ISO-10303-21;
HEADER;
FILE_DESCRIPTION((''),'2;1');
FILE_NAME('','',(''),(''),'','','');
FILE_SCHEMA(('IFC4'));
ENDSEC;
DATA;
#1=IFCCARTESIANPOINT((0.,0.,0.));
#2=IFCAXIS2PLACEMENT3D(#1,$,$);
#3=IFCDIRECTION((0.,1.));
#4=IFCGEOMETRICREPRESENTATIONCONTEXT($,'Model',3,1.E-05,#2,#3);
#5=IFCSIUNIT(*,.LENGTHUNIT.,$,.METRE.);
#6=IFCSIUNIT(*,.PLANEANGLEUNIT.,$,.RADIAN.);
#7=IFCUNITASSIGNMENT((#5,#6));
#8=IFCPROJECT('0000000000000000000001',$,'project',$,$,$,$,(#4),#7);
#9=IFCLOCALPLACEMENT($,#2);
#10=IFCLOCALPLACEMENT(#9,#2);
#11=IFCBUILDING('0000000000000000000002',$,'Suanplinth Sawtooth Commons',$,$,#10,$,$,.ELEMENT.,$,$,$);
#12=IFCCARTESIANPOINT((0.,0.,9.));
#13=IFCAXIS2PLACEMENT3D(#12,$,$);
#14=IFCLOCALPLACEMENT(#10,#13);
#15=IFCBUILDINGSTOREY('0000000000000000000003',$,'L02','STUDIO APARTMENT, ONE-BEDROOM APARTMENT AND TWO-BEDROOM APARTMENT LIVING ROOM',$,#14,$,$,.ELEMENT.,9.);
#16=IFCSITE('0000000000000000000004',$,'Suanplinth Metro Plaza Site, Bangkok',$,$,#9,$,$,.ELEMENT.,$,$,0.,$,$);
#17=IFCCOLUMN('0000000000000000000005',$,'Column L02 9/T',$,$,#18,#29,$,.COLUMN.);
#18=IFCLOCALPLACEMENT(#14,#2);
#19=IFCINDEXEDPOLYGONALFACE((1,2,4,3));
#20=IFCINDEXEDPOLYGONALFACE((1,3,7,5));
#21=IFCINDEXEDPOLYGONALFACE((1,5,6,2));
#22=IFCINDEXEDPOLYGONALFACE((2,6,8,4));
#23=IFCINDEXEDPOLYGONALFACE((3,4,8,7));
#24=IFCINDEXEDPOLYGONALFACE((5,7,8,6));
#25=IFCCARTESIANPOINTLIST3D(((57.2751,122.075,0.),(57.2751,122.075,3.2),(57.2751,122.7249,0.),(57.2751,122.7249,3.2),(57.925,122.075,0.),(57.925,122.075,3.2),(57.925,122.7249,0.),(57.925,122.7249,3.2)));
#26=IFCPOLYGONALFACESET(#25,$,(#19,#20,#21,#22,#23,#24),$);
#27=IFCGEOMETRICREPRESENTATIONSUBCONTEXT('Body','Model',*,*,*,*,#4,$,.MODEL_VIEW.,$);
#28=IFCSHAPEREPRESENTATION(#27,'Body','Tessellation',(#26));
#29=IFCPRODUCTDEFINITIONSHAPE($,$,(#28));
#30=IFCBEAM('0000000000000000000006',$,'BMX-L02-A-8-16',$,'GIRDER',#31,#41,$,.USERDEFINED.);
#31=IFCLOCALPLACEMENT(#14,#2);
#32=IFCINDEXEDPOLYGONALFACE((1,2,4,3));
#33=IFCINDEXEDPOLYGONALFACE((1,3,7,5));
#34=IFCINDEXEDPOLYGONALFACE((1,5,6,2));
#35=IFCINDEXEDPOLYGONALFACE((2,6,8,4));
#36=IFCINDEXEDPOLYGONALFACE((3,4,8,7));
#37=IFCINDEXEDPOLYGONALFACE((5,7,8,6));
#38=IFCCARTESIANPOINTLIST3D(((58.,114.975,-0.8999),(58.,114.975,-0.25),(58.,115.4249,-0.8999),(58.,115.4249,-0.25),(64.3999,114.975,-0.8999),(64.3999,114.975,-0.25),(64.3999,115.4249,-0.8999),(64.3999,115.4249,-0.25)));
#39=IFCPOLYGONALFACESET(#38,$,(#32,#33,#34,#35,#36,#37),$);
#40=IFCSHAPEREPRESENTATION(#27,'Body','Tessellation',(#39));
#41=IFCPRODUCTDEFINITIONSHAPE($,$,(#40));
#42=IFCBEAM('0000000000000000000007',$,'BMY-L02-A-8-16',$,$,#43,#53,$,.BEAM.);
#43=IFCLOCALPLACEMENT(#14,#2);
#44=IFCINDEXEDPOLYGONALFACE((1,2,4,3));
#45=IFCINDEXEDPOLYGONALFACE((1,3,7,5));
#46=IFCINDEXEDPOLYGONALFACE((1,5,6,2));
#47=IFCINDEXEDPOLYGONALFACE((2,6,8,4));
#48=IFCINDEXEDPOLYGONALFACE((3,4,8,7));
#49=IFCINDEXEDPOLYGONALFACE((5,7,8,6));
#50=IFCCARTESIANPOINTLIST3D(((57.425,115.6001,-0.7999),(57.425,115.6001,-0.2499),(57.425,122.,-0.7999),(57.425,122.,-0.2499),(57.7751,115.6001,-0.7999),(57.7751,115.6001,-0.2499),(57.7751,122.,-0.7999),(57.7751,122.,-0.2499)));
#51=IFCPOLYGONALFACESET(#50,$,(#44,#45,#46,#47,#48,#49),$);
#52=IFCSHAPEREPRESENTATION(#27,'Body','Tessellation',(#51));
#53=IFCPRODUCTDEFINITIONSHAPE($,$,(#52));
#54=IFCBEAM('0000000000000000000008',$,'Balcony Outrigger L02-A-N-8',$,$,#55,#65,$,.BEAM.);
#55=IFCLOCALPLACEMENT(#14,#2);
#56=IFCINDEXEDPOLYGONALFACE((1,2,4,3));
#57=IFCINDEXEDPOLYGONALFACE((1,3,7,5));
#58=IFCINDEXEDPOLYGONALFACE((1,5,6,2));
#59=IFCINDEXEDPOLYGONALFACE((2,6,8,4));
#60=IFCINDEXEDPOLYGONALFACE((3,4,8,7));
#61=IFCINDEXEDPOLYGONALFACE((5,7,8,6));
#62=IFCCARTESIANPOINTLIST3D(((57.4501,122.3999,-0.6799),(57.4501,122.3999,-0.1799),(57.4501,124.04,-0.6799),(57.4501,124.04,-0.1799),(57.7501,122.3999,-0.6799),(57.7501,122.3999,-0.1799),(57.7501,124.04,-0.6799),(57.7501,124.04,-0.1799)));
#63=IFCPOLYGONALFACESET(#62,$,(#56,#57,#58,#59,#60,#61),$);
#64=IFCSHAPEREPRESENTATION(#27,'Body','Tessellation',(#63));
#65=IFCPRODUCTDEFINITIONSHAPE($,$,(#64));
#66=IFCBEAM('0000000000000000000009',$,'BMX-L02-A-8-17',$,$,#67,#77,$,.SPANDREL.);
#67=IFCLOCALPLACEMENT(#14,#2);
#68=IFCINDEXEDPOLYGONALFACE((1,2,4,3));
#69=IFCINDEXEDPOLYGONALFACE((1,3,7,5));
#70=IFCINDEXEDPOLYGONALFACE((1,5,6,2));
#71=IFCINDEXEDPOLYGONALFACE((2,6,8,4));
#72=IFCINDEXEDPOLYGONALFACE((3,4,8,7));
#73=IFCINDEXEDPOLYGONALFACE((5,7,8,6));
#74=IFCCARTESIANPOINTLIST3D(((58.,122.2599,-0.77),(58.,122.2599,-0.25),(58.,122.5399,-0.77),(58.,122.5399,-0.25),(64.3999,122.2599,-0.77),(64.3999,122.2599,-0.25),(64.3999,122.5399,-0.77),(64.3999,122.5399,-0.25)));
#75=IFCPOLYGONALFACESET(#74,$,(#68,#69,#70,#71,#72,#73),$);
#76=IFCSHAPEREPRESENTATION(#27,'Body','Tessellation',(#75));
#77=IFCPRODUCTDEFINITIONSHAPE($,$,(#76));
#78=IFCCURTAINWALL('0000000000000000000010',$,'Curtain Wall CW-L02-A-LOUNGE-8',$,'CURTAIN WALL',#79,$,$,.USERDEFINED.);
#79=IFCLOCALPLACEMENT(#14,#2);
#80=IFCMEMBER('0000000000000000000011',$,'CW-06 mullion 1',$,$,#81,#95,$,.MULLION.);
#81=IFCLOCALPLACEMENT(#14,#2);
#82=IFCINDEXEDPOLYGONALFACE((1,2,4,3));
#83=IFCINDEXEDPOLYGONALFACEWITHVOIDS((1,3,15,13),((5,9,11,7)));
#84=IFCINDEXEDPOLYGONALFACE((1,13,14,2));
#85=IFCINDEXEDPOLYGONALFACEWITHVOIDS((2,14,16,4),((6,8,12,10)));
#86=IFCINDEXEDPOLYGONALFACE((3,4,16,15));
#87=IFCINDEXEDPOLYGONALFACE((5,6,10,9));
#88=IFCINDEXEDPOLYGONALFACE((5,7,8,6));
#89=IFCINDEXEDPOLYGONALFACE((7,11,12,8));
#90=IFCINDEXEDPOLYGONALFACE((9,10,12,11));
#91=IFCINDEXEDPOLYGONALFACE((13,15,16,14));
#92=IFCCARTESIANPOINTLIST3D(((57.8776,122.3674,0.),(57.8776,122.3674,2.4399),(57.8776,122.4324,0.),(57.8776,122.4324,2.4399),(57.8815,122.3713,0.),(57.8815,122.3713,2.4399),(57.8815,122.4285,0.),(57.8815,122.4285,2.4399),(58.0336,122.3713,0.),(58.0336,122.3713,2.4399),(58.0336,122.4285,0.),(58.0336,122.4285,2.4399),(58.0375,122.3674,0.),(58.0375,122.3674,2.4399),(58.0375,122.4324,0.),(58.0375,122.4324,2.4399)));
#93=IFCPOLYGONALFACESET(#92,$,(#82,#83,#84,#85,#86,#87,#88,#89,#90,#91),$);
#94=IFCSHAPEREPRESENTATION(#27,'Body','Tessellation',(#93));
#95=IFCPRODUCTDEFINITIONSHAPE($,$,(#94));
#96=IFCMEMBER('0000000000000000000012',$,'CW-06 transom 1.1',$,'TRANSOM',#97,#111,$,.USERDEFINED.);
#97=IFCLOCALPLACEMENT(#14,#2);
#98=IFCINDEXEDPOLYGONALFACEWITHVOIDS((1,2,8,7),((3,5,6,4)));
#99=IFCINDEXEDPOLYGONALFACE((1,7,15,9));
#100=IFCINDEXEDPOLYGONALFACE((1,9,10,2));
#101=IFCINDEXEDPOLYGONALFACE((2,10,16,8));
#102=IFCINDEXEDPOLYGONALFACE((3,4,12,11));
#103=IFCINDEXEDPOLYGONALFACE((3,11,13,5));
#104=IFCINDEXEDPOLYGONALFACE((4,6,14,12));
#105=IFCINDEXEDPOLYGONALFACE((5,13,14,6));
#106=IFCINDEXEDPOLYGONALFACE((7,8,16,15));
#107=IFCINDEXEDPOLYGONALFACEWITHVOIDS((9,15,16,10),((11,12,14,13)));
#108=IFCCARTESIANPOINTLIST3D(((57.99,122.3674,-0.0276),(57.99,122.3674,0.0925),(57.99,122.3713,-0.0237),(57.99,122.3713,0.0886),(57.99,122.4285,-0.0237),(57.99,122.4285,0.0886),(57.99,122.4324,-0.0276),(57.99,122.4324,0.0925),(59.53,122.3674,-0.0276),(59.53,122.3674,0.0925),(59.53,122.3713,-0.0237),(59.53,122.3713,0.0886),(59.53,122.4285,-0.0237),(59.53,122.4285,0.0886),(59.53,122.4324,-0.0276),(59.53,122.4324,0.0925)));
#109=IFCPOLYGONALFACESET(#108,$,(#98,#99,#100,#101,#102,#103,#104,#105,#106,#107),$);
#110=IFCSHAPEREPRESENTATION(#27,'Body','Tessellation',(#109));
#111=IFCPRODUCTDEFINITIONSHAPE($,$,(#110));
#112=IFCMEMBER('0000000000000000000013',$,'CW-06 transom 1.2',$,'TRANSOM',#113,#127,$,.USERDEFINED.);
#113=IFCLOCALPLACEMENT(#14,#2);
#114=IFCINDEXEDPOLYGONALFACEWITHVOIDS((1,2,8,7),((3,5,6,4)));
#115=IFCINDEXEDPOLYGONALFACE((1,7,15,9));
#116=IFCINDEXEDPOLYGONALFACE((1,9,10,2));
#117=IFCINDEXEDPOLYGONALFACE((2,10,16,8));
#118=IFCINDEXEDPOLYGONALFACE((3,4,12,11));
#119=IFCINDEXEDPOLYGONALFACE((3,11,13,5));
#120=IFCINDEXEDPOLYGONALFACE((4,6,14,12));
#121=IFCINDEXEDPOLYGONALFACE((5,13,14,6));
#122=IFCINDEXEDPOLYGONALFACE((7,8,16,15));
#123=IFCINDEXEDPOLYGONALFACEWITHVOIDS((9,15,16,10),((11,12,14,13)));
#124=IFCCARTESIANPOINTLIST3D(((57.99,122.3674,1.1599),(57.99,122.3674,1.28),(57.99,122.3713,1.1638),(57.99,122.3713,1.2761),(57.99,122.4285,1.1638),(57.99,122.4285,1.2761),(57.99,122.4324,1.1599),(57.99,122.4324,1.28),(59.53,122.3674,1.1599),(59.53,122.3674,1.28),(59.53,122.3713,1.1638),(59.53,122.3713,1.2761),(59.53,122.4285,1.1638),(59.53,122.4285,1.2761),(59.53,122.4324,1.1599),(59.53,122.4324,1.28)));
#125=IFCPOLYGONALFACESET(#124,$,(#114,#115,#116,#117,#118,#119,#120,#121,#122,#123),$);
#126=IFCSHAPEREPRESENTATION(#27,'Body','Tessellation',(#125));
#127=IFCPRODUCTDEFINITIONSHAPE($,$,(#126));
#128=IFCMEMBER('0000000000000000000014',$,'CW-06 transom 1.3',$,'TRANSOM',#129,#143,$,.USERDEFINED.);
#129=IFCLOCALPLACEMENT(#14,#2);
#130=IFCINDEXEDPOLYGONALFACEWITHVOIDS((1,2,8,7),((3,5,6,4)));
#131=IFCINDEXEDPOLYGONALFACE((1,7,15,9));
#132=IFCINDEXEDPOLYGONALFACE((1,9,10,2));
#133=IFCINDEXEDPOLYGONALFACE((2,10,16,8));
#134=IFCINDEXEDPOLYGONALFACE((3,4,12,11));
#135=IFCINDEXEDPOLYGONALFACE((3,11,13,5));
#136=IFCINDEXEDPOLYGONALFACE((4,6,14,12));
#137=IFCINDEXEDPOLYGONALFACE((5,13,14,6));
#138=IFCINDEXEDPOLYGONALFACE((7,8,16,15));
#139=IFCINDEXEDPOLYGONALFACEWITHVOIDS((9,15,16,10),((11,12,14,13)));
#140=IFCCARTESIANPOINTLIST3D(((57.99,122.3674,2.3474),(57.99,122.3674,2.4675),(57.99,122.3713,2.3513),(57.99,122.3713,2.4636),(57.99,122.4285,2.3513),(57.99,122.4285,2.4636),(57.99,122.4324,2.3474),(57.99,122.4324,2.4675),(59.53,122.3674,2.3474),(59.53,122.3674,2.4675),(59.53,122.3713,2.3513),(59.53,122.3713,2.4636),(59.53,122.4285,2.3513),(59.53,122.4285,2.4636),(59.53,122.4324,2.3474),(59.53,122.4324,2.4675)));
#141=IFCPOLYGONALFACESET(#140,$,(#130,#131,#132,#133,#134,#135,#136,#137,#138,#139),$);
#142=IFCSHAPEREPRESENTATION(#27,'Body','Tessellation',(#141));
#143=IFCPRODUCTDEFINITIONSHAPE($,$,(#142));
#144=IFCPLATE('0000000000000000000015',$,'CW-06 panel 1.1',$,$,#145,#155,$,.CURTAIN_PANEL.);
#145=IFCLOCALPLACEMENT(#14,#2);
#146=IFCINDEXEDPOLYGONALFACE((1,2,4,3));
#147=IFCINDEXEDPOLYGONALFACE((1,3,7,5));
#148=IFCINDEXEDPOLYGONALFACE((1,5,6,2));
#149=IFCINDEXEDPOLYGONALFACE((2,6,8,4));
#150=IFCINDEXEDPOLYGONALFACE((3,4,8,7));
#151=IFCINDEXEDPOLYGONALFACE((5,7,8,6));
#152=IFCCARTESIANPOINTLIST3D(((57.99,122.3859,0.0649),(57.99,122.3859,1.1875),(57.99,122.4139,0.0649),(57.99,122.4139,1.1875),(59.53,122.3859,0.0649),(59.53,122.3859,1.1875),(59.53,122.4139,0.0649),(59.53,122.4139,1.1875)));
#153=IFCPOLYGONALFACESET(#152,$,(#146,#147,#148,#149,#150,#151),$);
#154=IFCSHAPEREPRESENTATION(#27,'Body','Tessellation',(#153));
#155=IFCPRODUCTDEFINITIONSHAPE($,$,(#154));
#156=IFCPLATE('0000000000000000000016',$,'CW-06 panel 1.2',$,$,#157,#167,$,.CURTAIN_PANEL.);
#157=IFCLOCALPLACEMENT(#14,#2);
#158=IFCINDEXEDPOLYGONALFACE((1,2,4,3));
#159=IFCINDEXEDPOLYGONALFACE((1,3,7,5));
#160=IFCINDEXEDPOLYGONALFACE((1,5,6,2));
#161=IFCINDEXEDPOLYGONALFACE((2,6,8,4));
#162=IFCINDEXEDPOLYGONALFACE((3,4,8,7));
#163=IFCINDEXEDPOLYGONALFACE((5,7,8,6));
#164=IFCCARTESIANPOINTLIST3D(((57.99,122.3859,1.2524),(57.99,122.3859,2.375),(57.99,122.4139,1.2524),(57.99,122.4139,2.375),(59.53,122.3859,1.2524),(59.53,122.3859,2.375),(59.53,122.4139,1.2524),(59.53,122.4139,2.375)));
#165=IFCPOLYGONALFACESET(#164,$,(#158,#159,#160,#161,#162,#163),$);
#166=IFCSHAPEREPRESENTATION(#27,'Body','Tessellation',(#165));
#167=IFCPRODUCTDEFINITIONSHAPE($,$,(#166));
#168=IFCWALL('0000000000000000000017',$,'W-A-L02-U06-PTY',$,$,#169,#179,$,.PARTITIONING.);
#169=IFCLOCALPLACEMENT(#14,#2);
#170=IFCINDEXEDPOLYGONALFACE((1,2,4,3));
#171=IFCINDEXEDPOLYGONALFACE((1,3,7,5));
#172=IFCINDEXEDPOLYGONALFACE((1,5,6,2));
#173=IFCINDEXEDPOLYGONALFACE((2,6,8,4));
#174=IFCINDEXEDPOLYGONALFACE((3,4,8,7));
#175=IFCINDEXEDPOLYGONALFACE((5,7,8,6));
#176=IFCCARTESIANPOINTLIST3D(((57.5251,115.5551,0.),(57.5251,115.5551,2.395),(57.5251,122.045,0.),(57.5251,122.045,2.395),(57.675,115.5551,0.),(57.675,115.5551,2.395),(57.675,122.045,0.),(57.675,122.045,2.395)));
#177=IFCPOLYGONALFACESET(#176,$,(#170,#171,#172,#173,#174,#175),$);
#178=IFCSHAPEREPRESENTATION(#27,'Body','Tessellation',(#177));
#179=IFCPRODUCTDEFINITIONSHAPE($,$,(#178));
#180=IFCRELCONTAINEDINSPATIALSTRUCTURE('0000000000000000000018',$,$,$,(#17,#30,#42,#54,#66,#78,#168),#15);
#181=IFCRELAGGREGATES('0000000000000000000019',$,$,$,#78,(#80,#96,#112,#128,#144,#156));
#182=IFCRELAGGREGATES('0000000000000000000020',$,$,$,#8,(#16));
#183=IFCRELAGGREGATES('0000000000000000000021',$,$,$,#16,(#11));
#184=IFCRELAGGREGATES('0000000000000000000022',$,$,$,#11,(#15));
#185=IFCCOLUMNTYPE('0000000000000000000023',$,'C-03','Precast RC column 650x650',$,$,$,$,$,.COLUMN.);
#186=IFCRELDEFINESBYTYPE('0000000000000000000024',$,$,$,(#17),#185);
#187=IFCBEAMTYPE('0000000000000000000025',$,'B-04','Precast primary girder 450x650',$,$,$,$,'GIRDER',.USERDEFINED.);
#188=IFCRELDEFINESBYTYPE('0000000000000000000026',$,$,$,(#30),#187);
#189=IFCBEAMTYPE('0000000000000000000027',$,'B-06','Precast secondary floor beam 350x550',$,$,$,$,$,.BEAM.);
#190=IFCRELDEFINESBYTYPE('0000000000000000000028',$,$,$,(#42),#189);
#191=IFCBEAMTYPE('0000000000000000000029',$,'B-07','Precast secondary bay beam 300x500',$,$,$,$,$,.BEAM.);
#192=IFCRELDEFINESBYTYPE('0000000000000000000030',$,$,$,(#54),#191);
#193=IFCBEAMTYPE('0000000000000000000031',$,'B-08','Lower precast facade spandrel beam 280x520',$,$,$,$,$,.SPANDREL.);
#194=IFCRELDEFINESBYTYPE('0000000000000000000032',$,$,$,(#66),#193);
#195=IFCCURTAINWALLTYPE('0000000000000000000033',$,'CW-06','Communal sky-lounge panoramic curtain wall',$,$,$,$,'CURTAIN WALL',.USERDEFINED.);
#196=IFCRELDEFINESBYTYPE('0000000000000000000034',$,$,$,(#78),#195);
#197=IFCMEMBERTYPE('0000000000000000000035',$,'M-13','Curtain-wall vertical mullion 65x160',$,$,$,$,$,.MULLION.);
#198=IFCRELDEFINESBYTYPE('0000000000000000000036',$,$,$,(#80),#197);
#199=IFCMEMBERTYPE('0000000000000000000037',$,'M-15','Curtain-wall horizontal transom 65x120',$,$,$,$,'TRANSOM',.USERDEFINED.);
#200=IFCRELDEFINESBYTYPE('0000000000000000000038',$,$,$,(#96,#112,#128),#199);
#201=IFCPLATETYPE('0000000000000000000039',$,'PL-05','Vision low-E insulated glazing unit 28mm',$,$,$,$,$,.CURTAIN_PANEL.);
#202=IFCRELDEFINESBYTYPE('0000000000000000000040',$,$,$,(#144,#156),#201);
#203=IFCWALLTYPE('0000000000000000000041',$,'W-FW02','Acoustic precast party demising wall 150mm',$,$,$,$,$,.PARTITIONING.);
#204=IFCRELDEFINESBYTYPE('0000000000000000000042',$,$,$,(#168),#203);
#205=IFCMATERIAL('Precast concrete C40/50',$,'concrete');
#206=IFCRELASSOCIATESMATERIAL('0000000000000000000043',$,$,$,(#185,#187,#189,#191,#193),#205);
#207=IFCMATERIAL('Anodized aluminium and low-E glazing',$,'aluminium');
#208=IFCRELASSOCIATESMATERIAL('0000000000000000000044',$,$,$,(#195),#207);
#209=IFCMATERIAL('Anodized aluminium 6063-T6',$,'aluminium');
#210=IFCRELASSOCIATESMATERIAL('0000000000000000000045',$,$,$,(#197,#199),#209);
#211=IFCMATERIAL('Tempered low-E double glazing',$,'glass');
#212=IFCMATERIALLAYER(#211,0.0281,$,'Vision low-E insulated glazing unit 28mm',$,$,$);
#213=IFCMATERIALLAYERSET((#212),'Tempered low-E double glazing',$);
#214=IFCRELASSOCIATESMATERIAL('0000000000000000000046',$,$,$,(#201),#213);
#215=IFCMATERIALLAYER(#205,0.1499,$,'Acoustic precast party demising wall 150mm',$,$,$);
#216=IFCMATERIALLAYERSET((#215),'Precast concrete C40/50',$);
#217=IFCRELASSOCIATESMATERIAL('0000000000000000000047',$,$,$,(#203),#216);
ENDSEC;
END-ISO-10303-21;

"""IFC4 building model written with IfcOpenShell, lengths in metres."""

from ifc_helpers import new_model, si_unit, direction, frame, frame_2d, origin, origin_2d, place, context, subcontext, project, spatial, rectangle, hollow_rectangle, extrude, material, layer, layer_set, material_profile, profile_set, type_object, element, aggregate, save


model = new_model("IFC4")

# Units and contexts
model_context = context("Model", 3, precision=1e-05, world=origin(), true_north=direction((0.0, 1.0)))
body_context = subcontext(model_context, "Body", "Model", "MODEL_VIEW")
ifc_project = project(units=[si_unit("LENGTHUNIT", "METRE"), si_unit("PLANEANGLEUNIT", "RADIAN")], contexts=[model_context])

# Site, building, storey
site_placement = place(None, origin())
site = spatial("IfcSite", under=ifc_project, at=site_placement, Name="Suanplinth Metro Plaza Site, Bangkok", CompositionType="ELEMENT", RefElevation=0.0)
building_placement = place(site_placement, origin())
building = spatial("IfcBuilding", under=site, at=building_placement, Name="Suanplinth Sawtooth Commons", CompositionType="ELEMENT")
storey_placement = place(building_placement, frame((0.0, 0.0, 9.0)))
storey = spatial("IfcBuildingStorey", under=building, at=storey_placement, Name="L02", Description="STUDIO APARTMENT, ONE-BEDROOM APARTMENT AND TWO-BEDROOM APARTMENT LIVING ROOM", CompositionType="ELEMENT", Elevation=9.0)

# Column
ifc_material_1 = material(Name="Precast concrete C40/50", Category="concrete")
ifc_material_profile_1 = material_profile(ifc_material_1, rectangle(XDim=0.6499, YDim=0.6499, at=origin_2d()), Name="PC-COL 650x650")
ifc_profile_set_1 = profile_set([ifc_material_profile_1], Name="Precast concrete C40/50")
column_type = type_object("IfcColumnType", Name="C-03", Description="Precast RC column 650x650", PredefinedType="COLUMN", material=ifc_profile_set_1)
column_placement = place(storey_placement, frame((57.6001, 122.3999, 0.0), z_axis=(0.0, 0.0, 1.0), x_axis=(1.0, 0.0, 0.0)))
element("IfcColumn", 1, at=column_placement, inside=storey, type_object=column_type, Name="Column L02 9/T", PredefinedType="COLUMN", context=body_context, shape_type="SweptSolid", body=[
    extrude(rectangle(XDim=0.6499, YDim=0.6499, at=origin_2d()), origin(), (0.0, 0.0, 1.0), 3.2),
])

# Beams
ifc_material_profile_2 = material_profile(ifc_material_1, rectangle(XDim=0.45, YDim=0.6499, at=origin_2d()), Name="PC-GDR 450x650")
ifc_profile_set_2 = profile_set([ifc_material_profile_2], Name="Precast concrete C40/50")
beam_type_1 = type_object("IfcBeamType", Name="B-04", Description="Precast primary girder 450x650", ElementType="GIRDER", PredefinedType="USERDEFINED", material=ifc_profile_set_2)
beam_1_placement = place(storey_placement, frame((58.0, 115.2, -0.575), z_axis=(1.0, 0.0, 0.0), x_axis=(0.0, 1.0, 0.0)))
element("IfcBeam", 2, at=beam_1_placement, inside=storey, type_object=beam_type_1, Name="BMX-L02-A-8-16", ObjectType="GIRDER", PredefinedType="USERDEFINED", context=body_context, shape_type="SweptSolid", body=[
    extrude(rectangle(XDim=0.45, YDim=0.6499, at=origin_2d()), origin(), (0.0, 0.0, 1.0), 6.3999),
])
ifc_material_profile_3 = material_profile(ifc_material_1, rectangle(XDim=0.3501, YDim=0.55, at=origin_2d()), Name="PC-BM 350x550")
ifc_profile_set_3 = profile_set([ifc_material_profile_3], Name="Precast concrete C40/50")
beam_type_2 = type_object("IfcBeamType", Name="B-06", Description="Precast secondary floor beam 350x550", PredefinedType="BEAM", material=ifc_profile_set_3)
beam_2_placement = place(storey_placement, frame((57.6001, 115.6001, -0.5249), z_axis=(0.0, 1.0, 0.0), x_axis=(-1.0, 0.0, 0.0)))
element("IfcBeam", 3, at=beam_2_placement, inside=storey, type_object=beam_type_2, Name="BMY-L02-A-8-16", PredefinedType="BEAM", context=body_context, shape_type="SweptSolid", body=[
    extrude(rectangle(XDim=0.3501, YDim=0.55, at=origin_2d()), origin(), (0.0, 0.0, 1.0), 6.3999),
])
ifc_material_profile_4 = material_profile(ifc_material_1, rectangle(XDim=0.3, YDim=0.5, at=origin_2d()), Name="PC-BM 300x500")
ifc_profile_set_4 = profile_set([ifc_material_profile_4], Name="Precast concrete C40/50")
beam_type_3 = type_object("IfcBeamType", Name="B-07", Description="Precast secondary bay beam 300x500", PredefinedType="BEAM", material=ifc_profile_set_4)
beam_3_placement = place(storey_placement, frame((57.6001, 122.3999, -0.4299), z_axis=(0.0, 1.0, 0.0), x_axis=(-1.0, 0.0, 0.0)))
element("IfcBeam", 4, at=beam_3_placement, inside=storey, type_object=beam_type_3, Name="Balcony Outrigger L02-A-N-8", PredefinedType="BEAM", context=body_context, shape_type="SweptSolid", body=[
    extrude(rectangle(XDim=0.3, YDim=0.5, at=origin_2d()), origin(), (0.0, 0.0, 1.0), 1.6401),
])
ifc_material_profile_5 = material_profile(ifc_material_1, rectangle(XDim=0.28, YDim=0.52, at=origin_2d()), Name="PC-SP 280x520")
ifc_profile_set_5 = profile_set([ifc_material_profile_5], Name="Precast concrete C40/50")
beam_type_4 = type_object("IfcBeamType", Name="B-08", Description="Lower precast facade spandrel beam 280x520", PredefinedType="SPANDREL", material=ifc_profile_set_5)
beam_4_placement = place(storey_placement, frame((58.0, 122.3999, -0.51), z_axis=(1.0, 0.0, 0.0), x_axis=(0.0, 1.0, 0.0)))
element("IfcBeam", 5, at=beam_4_placement, inside=storey, type_object=beam_type_4, Name="BMX-L02-A-8-17", PredefinedType="SPANDREL", context=body_context, shape_type="SweptSolid", body=[
    extrude(rectangle(XDim=0.28, YDim=0.52, at=origin_2d()), origin(), (0.0, 0.0, 1.0), 6.3999),
])

# Curtain wall, members, plates
ifc_material_2 = material(Name="Anodized aluminium and low-E glazing", Category="aluminium")
curtain_wall_type = type_object("IfcCurtainWallType", Name="CW-06", Description="Communal sky-lounge panoramic curtain wall", ElementType="CURTAIN WALL", PredefinedType="USERDEFINED", material=ifc_material_2)
curtain_wall_placement = place(storey_placement, origin())
curtain_wall = element("IfcCurtainWall", 6, at=curtain_wall_placement, inside=storey, type_object=curtain_wall_type, Name="Curtain Wall CW-L02-A-LOUNGE-8", ObjectType="CURTAIN WALL", PredefinedType="USERDEFINED")
ifc_material_3 = material(Name="Anodized aluminium 6063-T6", Category="aluminium")
ifc_material_profile_6 = material_profile(ifc_material_3, hollow_rectangle(XDim=0.0649, YDim=0.1599, WallThickness=0.0039, at=origin_2d()), Name="ALU-MUL 65x160")
ifc_profile_set_6 = profile_set([ifc_material_profile_6], Name="Anodized aluminium 6063-T6")
member_type_1 = type_object("IfcMemberType", Name="M-13", Description="Curtain-wall vertical mullion 65x160", PredefinedType="MULLION", material=ifc_profile_set_6)
member_1_placement = place(storey_placement, frame((57.9575, 122.3999, 0.0), z_axis=(0.0, 0.0, 1.0), x_axis=(0.0, 1.0, 0.0)))
member_1 = element("IfcMember", 7, at=member_1_placement, type_object=member_type_1, Name="CW-06 mullion 1", PredefinedType="MULLION", context=body_context, shape_type="SweptSolid", body=[
    extrude(hollow_rectangle(XDim=0.0649, YDim=0.1599, WallThickness=0.0039, at=origin_2d()), origin(), (0.0, 0.0, 1.0), 2.4399),
])
ifc_material_profile_7 = material_profile(ifc_material_3, hollow_rectangle(XDim=0.0649, YDim=0.1201, WallThickness=0.0039, at=origin_2d()), Name="ALU-TRN 65x120")
ifc_profile_set_7 = profile_set([ifc_material_profile_7], Name="Anodized aluminium 6063-T6")
member_type_2 = type_object("IfcMemberType", Name="M-15", Description="Curtain-wall horizontal transom 65x120", ElementType="TRANSOM", PredefinedType="USERDEFINED", material=ifc_profile_set_7)
member_2_placement = place(storey_placement, frame((57.99, 122.3999, 0.0325), z_axis=(1.0, 0.0, 0.0), x_axis=(0.0, 1.0, 0.0)))
member_2 = element("IfcMember", 8, at=member_2_placement, type_object=member_type_2, Name="CW-06 transom 1.1", ObjectType="TRANSOM", PredefinedType="USERDEFINED", context=body_context, shape_type="SweptSolid", body=[
    extrude(hollow_rectangle(XDim=0.0649, YDim=0.1201, WallThickness=0.0039, at=origin_2d()), origin(), (0.0, 0.0, 1.0), 1.54),
])
member_3_placement = place(storey_placement, frame((57.99, 122.3999, 1.22), z_axis=(1.0, 0.0, 0.0), x_axis=(0.0, 1.0, 0.0)))
member_3 = element("IfcMember", 9, at=member_3_placement, type_object=member_type_2, Name="CW-06 transom 1.2", ObjectType="TRANSOM", PredefinedType="USERDEFINED", context=body_context, shape_type="SweptSolid", body=[
    extrude(hollow_rectangle(XDim=0.0649, YDim=0.1201, WallThickness=0.0039, at=origin_2d()), origin(), (0.0, 0.0, 1.0), 1.54),
])
member_4_placement = place(storey_placement, frame((57.99, 122.3999, 2.4075), z_axis=(1.0, 0.0, 0.0), x_axis=(0.0, 1.0, 0.0)))
member_4 = element("IfcMember", 10, at=member_4_placement, type_object=member_type_2, Name="CW-06 transom 1.3", ObjectType="TRANSOM", PredefinedType="USERDEFINED", context=body_context, shape_type="SweptSolid", body=[
    extrude(hollow_rectangle(XDim=0.0649, YDim=0.1201, WallThickness=0.0039, at=origin_2d()), origin(), (0.0, 0.0, 1.0), 1.54),
])
ifc_material_4 = material(Name="Tempered low-E double glazing", Category="glass")
ifc_layer_1 = layer(ifc_material_4, 0.0281, Name="Vision low-E insulated glazing unit 28mm")
ifc_layer_set_1 = layer_set([ifc_layer_1], Name="Tempered low-E double glazing")
plate_type = type_object("IfcPlateType", Name="PL-05", Description="Vision low-E insulated glazing unit 28mm", PredefinedType="CURTAIN_PANEL", material=ifc_layer_set_1)
plate_1_placement = place(storey_placement, frame((58.76, 122.3999, 0.0649), z_axis=(0.0, 0.0, 1.0), x_axis=(1.0, 0.0, 0.0)))
plate_1 = element("IfcPlate", 11, at=plate_1_placement, type_object=plate_type, Name="CW-06 panel 1.1", PredefinedType="CURTAIN_PANEL", context=body_context, shape_type="SweptSolid", body=[
    extrude(rectangle(XDim=1.54, YDim=0.0281, at=origin_2d()), origin(), (0.0, 0.0, 1.0), 1.1226),
])
plate_2_placement = place(storey_placement, frame((58.76, 122.3999, 1.2524), z_axis=(0.0, 0.0, 1.0), x_axis=(1.0, 0.0, 0.0)))
plate_2 = element("IfcPlate", 12, at=plate_2_placement, type_object=plate_type, Name="CW-06 panel 1.2", PredefinedType="CURTAIN_PANEL", context=body_context, shape_type="SweptSolid", body=[
    extrude(rectangle(XDim=1.54, YDim=0.0281, at=origin_2d()), origin(), (0.0, 0.0, 1.0), 1.1226),
])
aggregate(curtain_wall, [member_1, member_2, member_3, member_4, plate_1, plate_2])

# Wall
ifc_layer_2 = layer(ifc_material_1, 0.1499, Name="Acoustic precast party demising wall 150mm")
ifc_layer_set_2 = layer_set([ifc_layer_2], Name="Precast concrete C40/50")
wall_type_1 = type_object("IfcWallType", Name="W-FW02", Description="Acoustic precast party demising wall 150mm", PredefinedType="PARTITIONING", material=ifc_layer_set_2)
wall_1_placement = place(storey_placement, frame((57.6001, 115.5549, 0.0), z_axis=(0.0, 0.0, 1.0), x_axis=(0.0, 1.0, 0.0)))
element("IfcWall", 13, at=wall_1_placement, inside=storey, type_object=wall_type_1, Name="W-A-L02-U06-PTY", PredefinedType="PARTITIONING", context=body_context, shape_type="SweptSolid", body=[
    extrude(rectangle(XDim=6.49, YDim=0.1499, at=frame_2d((3.2451, 0.0))), origin(), (0.0, 0.0, 1.0), 2.395),
])

save(model, "model.ifc")
